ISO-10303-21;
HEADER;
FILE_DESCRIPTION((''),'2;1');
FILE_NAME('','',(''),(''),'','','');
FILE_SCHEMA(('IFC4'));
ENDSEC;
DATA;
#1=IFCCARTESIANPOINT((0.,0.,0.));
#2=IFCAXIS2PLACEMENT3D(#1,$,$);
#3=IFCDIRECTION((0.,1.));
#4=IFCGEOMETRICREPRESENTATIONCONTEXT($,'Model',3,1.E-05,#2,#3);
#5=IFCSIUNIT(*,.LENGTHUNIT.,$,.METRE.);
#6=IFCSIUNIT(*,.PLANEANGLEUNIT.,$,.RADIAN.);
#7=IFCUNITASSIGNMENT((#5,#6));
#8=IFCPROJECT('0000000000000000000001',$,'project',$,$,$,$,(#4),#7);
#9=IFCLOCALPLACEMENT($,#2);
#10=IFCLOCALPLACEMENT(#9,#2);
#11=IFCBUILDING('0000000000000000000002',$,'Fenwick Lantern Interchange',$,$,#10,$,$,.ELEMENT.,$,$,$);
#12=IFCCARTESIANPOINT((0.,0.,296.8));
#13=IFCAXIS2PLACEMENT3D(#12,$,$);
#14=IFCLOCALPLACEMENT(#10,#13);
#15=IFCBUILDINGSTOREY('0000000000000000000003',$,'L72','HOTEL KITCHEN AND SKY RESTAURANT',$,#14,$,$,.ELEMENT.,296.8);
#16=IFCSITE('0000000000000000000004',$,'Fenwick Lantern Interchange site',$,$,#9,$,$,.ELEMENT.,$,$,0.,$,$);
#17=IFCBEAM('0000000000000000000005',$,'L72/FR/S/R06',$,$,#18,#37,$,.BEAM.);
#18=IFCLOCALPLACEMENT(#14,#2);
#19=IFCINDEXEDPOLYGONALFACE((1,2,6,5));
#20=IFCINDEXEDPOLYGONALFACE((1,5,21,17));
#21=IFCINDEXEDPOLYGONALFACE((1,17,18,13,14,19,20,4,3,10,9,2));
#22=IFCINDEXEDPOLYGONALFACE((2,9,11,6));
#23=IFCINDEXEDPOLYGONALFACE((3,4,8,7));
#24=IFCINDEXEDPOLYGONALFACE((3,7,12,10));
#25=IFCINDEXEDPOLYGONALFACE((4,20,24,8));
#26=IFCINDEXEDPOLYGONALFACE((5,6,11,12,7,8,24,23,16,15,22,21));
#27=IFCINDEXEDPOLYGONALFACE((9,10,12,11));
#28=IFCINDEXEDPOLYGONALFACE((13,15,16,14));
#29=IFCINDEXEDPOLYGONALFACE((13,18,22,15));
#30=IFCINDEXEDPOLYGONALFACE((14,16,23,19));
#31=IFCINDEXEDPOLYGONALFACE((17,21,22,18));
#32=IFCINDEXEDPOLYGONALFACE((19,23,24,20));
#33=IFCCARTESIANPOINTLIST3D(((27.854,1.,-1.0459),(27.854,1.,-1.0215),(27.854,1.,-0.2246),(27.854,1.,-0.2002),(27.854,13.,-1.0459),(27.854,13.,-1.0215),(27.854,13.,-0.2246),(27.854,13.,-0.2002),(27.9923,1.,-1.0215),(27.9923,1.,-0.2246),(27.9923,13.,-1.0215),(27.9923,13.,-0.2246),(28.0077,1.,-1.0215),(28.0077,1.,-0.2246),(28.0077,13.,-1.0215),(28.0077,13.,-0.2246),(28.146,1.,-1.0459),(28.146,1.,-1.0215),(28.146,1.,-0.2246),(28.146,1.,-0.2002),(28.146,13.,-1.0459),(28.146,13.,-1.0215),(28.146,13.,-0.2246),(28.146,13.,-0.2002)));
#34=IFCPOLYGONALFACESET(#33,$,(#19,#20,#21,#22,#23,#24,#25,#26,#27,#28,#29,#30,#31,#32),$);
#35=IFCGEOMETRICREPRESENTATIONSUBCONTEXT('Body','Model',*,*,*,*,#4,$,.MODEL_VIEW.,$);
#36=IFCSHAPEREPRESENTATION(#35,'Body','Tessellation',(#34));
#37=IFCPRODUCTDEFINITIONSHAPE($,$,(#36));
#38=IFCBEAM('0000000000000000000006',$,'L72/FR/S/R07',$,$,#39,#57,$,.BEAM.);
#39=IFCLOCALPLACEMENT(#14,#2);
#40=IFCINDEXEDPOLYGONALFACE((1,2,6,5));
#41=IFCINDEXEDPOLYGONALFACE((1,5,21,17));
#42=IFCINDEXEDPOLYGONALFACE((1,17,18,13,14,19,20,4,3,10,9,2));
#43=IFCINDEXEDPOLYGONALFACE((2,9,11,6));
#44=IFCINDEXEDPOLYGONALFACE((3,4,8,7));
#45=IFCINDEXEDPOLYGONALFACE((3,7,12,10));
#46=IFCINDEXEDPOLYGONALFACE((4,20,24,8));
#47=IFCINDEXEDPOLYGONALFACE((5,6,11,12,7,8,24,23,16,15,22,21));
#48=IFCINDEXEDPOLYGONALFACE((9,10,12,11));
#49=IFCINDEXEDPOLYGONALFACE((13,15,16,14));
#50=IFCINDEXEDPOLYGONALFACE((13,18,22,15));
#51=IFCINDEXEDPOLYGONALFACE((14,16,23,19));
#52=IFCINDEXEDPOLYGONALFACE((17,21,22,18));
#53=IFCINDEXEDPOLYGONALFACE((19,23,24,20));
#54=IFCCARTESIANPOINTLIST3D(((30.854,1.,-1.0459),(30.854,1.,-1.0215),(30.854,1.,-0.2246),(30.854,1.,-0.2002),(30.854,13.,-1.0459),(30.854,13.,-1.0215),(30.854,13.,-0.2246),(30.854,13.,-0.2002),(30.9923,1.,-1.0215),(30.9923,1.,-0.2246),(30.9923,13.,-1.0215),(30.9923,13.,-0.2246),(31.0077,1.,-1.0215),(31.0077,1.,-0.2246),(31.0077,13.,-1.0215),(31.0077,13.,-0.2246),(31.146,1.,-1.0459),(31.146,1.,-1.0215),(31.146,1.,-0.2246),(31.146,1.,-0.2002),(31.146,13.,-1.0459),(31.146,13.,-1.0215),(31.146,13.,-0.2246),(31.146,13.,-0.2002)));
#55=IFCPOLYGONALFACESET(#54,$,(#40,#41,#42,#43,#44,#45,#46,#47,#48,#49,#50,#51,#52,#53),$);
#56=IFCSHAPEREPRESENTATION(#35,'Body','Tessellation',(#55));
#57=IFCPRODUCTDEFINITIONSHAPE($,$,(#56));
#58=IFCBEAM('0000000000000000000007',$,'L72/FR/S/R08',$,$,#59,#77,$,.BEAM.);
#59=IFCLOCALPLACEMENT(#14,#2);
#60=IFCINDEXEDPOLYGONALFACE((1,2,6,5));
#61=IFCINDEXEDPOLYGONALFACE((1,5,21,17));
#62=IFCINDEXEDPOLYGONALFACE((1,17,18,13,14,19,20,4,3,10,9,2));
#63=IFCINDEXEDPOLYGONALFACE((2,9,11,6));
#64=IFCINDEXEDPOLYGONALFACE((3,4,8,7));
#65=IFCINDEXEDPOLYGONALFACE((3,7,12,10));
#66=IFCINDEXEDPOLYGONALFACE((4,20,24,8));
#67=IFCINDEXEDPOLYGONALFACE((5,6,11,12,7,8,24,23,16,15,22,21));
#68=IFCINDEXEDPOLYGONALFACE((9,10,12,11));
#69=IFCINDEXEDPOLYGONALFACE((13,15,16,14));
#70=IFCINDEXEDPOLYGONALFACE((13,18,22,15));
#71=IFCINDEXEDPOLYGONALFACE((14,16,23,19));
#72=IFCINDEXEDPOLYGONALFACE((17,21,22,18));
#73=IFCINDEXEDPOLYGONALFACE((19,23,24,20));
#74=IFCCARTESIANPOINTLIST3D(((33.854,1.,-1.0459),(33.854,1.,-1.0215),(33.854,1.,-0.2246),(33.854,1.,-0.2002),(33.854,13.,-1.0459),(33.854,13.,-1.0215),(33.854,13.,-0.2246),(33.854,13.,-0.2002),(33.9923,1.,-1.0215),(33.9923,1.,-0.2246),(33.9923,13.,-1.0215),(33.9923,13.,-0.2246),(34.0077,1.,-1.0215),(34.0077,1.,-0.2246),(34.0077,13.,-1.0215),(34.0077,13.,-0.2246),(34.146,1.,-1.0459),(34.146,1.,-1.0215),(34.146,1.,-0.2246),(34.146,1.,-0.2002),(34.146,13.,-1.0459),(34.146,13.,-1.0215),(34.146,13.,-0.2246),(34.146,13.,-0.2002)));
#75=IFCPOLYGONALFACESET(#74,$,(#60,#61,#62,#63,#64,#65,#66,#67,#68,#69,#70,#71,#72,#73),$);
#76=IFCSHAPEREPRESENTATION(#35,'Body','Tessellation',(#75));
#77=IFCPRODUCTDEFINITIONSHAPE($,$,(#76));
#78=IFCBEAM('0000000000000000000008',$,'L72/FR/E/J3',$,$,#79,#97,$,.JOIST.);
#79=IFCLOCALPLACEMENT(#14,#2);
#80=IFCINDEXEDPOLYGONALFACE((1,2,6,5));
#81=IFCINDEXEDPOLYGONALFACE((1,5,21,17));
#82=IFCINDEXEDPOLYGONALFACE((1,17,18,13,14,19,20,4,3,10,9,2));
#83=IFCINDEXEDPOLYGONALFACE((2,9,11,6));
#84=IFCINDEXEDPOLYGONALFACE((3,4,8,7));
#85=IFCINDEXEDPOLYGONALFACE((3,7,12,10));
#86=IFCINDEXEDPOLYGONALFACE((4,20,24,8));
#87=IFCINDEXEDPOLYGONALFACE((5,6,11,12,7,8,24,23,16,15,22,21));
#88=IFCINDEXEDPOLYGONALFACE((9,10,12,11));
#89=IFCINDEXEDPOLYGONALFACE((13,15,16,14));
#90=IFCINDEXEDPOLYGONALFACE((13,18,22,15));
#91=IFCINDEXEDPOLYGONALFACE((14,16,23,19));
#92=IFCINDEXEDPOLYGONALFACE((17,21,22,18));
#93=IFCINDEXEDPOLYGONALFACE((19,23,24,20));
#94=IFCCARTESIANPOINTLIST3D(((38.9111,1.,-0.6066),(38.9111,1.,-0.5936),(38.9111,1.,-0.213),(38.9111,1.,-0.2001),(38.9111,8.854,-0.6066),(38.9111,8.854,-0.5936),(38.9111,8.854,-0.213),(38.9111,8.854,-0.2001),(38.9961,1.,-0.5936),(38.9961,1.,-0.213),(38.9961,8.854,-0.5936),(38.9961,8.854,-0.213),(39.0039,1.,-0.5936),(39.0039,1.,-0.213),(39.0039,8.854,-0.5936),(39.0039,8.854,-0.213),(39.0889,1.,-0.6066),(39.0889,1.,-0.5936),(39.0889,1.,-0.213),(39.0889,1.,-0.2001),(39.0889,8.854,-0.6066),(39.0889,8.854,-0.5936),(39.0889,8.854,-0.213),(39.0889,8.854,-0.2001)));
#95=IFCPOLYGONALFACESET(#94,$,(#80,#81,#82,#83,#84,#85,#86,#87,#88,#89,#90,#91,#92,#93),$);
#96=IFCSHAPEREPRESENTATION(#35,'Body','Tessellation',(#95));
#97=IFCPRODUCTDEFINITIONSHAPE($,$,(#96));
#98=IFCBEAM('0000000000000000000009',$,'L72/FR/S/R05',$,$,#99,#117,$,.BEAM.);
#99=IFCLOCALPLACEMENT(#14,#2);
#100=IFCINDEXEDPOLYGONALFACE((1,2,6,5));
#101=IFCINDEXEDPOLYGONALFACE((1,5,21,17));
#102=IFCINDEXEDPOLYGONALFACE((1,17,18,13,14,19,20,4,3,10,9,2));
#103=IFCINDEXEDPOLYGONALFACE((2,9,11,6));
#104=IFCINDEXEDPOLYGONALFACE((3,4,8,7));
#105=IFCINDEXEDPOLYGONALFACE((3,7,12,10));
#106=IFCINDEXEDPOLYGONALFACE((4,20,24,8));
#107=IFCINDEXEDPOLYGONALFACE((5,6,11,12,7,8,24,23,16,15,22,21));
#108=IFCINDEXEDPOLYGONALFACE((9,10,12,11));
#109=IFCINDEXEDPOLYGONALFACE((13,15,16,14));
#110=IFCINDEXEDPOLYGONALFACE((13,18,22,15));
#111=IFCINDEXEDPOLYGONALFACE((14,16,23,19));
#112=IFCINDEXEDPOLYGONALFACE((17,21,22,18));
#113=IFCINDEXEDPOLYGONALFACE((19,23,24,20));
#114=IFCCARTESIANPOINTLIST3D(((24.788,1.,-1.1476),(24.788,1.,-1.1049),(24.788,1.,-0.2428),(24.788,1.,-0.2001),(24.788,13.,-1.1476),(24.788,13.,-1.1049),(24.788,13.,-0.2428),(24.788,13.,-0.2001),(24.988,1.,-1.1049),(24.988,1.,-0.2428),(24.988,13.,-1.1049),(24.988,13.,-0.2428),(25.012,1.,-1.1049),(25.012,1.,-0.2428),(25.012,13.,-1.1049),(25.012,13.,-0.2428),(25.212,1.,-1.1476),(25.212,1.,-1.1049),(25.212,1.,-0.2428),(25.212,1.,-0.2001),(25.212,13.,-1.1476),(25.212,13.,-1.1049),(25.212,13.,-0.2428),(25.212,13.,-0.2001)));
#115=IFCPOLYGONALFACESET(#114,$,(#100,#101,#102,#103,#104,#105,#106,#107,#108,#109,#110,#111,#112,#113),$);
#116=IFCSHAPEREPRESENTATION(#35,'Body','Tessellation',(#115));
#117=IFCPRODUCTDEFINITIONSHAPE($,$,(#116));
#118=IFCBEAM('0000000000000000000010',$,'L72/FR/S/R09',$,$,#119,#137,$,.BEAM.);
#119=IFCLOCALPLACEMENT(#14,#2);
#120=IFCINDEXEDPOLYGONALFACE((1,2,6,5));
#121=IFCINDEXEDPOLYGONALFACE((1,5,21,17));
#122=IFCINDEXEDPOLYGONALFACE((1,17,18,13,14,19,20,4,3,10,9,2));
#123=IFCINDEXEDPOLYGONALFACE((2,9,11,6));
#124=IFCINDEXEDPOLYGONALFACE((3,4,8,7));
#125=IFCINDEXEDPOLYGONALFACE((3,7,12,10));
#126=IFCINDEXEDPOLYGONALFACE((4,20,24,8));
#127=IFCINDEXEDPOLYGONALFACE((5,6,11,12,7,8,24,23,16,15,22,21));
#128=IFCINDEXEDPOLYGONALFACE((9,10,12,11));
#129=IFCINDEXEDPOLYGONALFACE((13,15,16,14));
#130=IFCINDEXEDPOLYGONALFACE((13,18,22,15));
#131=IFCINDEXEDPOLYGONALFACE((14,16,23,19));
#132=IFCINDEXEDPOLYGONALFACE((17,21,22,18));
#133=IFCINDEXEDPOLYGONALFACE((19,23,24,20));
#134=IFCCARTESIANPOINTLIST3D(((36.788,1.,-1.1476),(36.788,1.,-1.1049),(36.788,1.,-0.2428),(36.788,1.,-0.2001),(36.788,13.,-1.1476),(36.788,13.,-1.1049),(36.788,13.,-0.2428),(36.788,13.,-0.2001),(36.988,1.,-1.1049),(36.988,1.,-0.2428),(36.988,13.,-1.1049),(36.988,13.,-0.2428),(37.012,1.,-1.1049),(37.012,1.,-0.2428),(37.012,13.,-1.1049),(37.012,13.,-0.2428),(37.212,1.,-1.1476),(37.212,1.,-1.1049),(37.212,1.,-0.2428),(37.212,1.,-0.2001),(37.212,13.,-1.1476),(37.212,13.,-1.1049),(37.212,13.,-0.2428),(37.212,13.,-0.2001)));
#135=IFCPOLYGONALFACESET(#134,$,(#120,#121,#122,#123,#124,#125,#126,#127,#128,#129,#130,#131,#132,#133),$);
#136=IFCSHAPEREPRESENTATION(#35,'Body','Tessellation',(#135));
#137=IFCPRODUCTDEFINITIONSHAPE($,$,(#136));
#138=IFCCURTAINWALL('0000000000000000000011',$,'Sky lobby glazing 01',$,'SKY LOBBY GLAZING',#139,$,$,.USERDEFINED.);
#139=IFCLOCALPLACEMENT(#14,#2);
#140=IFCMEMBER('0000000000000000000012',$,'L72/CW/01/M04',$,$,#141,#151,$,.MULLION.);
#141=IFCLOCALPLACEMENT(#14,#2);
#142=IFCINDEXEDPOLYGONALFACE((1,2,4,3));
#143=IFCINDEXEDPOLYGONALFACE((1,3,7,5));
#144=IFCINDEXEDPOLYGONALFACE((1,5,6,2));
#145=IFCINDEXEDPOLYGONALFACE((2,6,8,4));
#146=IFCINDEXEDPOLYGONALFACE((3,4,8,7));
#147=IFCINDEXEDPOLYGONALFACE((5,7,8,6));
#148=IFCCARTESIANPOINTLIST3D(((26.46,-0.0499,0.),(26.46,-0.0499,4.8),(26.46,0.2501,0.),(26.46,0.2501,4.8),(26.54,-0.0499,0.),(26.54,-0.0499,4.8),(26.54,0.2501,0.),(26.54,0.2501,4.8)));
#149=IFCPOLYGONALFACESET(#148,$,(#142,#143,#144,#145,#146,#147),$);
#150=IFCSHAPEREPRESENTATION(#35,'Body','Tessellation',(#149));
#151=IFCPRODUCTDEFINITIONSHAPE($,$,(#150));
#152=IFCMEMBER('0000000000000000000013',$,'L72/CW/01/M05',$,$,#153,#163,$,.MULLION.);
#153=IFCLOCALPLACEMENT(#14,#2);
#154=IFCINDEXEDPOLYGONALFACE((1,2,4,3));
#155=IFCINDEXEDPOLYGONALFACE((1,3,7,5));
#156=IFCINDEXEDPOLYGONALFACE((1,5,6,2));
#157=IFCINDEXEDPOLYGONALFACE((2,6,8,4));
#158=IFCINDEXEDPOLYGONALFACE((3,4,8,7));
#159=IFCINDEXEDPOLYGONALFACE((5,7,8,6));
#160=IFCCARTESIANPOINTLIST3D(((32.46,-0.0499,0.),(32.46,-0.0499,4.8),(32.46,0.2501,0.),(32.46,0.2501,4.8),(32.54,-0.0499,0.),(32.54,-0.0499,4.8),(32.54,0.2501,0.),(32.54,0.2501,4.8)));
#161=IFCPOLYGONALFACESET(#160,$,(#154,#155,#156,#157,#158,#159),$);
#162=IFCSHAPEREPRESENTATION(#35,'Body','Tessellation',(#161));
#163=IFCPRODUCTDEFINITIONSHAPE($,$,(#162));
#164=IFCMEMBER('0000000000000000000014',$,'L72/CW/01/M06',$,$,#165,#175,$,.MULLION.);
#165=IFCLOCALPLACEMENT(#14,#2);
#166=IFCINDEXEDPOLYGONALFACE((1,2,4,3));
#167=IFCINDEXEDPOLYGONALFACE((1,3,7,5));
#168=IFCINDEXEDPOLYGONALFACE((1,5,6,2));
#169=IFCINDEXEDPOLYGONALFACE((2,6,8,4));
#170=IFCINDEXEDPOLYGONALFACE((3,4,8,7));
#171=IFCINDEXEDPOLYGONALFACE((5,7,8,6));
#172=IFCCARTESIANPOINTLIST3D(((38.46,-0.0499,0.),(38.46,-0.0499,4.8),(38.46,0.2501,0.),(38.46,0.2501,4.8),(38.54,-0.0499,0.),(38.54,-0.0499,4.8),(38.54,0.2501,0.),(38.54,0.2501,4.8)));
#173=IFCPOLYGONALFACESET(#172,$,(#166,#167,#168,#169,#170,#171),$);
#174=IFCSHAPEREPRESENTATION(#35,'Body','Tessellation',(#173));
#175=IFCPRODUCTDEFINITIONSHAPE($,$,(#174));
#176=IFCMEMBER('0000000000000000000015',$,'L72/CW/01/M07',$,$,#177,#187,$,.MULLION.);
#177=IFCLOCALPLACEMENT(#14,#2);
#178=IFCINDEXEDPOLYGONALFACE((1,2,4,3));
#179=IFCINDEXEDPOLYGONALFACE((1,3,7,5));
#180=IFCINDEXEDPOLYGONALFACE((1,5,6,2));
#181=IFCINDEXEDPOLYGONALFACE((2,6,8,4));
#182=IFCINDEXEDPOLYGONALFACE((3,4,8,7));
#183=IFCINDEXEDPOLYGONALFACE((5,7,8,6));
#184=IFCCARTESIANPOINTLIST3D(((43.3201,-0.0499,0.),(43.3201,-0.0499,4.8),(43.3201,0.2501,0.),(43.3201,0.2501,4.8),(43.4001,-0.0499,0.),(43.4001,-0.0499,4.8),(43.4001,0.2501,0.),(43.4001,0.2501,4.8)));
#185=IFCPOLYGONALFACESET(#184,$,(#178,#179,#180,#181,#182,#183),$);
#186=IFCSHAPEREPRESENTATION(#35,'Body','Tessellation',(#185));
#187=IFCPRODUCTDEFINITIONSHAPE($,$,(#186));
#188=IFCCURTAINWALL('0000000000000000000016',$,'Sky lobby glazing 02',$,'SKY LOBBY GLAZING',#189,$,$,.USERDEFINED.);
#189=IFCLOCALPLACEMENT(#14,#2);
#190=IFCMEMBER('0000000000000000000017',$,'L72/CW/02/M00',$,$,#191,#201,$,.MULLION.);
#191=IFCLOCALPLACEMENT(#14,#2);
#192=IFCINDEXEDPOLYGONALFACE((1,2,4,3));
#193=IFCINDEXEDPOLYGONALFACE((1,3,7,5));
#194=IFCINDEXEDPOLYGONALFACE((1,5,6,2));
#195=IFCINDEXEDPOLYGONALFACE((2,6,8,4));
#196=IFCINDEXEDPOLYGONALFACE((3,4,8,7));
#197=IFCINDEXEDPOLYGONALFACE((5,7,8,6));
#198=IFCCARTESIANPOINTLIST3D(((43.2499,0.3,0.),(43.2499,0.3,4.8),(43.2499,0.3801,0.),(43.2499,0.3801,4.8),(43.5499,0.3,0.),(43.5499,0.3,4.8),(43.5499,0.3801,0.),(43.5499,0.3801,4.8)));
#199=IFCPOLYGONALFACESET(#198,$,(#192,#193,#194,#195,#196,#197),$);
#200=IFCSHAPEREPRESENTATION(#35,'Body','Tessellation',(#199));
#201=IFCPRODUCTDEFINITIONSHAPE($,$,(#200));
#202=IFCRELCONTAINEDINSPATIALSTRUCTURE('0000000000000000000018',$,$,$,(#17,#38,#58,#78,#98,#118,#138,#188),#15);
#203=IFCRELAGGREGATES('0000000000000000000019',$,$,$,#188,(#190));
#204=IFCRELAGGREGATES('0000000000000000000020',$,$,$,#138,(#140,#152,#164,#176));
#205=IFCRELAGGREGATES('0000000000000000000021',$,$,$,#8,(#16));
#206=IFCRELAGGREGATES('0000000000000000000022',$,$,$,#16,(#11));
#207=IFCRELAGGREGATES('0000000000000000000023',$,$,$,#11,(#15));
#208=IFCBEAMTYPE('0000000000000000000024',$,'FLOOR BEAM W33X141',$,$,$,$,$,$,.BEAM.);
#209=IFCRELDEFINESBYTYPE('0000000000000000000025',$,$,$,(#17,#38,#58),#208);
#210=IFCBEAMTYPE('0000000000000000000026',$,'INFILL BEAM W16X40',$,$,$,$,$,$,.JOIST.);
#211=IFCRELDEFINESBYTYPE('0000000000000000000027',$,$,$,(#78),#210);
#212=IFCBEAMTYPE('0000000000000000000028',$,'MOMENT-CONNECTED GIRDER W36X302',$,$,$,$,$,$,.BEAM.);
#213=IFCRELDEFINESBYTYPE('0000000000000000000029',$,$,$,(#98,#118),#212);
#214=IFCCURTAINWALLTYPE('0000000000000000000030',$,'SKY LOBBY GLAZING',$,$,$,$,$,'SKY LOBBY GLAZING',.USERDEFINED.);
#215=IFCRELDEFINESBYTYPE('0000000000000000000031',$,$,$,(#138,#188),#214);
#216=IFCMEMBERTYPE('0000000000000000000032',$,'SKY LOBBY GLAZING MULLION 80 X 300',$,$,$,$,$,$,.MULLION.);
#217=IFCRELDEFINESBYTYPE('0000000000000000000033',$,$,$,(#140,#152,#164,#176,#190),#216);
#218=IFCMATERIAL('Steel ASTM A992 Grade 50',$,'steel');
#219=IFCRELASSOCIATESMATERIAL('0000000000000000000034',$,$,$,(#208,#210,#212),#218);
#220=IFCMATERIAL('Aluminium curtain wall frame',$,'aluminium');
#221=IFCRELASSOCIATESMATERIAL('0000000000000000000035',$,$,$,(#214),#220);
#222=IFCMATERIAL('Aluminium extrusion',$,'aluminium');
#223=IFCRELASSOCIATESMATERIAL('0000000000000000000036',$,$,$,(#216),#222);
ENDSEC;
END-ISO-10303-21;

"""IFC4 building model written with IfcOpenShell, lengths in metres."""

from ifc_helpers import new_model, si_unit, direction, frame, origin, origin_2d, place, context, subcontext, project, spatial, rectangle, i_section, extrude, material, material_profile, profile_set, type_object, element, aggregate, save


model = new_model("IFC4")

# Units and contexts
model_context = context("Model", 3, precision=1e-05, world=origin(), true_north=direction((0.0, 1.0)))
body_context = subcontext(model_context, "Body", "Model", "MODEL_VIEW")
ifc_project = project(units=[si_unit("LENGTHUNIT", "METRE"), si_unit("PLANEANGLEUNIT", "RADIAN")], contexts=[model_context])

# Site, building, storey
site_placement = place(None, origin())
site = spatial("IfcSite", under=ifc_project, at=site_placement, Name="Fenwick Lantern Interchange site", CompositionType="ELEMENT", RefElevation=0.0)
building_placement = place(site_placement, origin())
building = spatial("IfcBuilding", under=site, at=building_placement, Name="Fenwick Lantern Interchange", CompositionType="ELEMENT")
storey_placement = place(building_placement, frame((0.0, 0.0, 296.8)))
storey = spatial("IfcBuildingStorey", under=building, at=storey_placement, Name="L72", Description="HOTEL KITCHEN AND SKY RESTAURANT", CompositionType="ELEMENT", Elevation=296.8)

# Shared definitions
ifc_material_1 = material(Name="Steel ASTM A992 Grade 50", Category="steel")

# Beams
ifc_material_profile_1 = material_profile(ifc_material_1, i_section(OverallWidth=0.292, OverallDepth=0.8457, WebThickness=0.0154, FlangeThickness=0.0244, at=origin_2d()), Name="W33X141")
ifc_profile_set_1 = profile_set([ifc_material_profile_1], Name="Steel ASTM A992 Grade 50")
beam_type_1 = type_object("IfcBeamType", Name="FLOOR BEAM W33X141", PredefinedType="BEAM", material=ifc_profile_set_1)
for number, where, z_axis, x_axis, name in (
    (1, (28.0, 1.0, -0.623), (0.0, 1.0, 0.0), (-1.0, 0.0, 0.0), "L72/FR/S/R06"),
    (2, (31.0, 1.0, -0.623), (0.0, 1.0, 0.0), (-1.0, 0.0, 0.0), "L72/FR/S/R07"),
    (3, (34.0, 1.0, -0.623), (0.0, 1.0, 0.0), (-1.0, 0.0, 0.0), "L72/FR/S/R08"),
):
    element("IfcBeam", number, at=place(storey_placement, frame(where, z_axis=z_axis, x_axis=x_axis)), inside=storey, type_object=beam_type_1, Name=name, PredefinedType="BEAM", context=body_context, shape_type="SweptSolid", body=[
        extrude(i_section(OverallWidth=0.292, OverallDepth=0.8457, WebThickness=0.0154, FlangeThickness=0.0244, at=origin_2d()), origin(), (0.0, 0.0, 1.0), 12.0),
    ])
ifc_material_profile_2 = material_profile(ifc_material_1, i_section(OverallWidth=0.1777, OverallDepth=0.4065, WebThickness=0.0078, FlangeThickness=0.0129, at=origin_2d()), Name="W16X40")
ifc_profile_set_2 = profile_set([ifc_material_profile_2], Name="Steel ASTM A992 Grade 50")
beam_type_2 = type_object("IfcBeamType", Name="INFILL BEAM W16X40", PredefinedType="JOIST", material=ifc_profile_set_2)
beam_1_placement = place(storey_placement, frame((39.0, 1.0, -0.4033), z_axis=(0.0, 1.0, 0.0), x_axis=(-1.0, 0.0, 0.0)))
element("IfcBeam", 4, at=beam_1_placement, inside=storey, type_object=beam_type_2, Name="L72/FR/E/J3", PredefinedType="JOIST", context=body_context, shape_type="SweptSolid", body=[
    extrude(i_section(OverallWidth=0.1777, OverallDepth=0.4065, WebThickness=0.0078, FlangeThickness=0.0129, at=origin_2d()), origin(), (0.0, 0.0, 1.0), 7.854),
])
ifc_material_profile_3 = material_profile(ifc_material_1, i_section(OverallWidth=0.4241, OverallDepth=0.9475, WebThickness=0.0239, FlangeThickness=0.0427, at=origin_2d()), Name="W36X302")
ifc_profile_set_3 = profile_set([ifc_material_profile_3], Name="Steel ASTM A992 Grade 50")
beam_type_3 = type_object("IfcBeamType", Name="MOMENT-CONNECTED GIRDER W36X302", PredefinedType="BEAM", material=ifc_profile_set_3)
for number, where, z_axis, x_axis, name in (
    (5, (25.0, 1.0, -0.6738), (0.0, 1.0, 0.0), (-1.0, 0.0, 0.0), "L72/FR/S/R05"),
    (6, (37.0, 1.0, -0.6738), (0.0, 1.0, 0.0), (-1.0, 0.0, 0.0), "L72/FR/S/R09"),
):
    element("IfcBeam", number, at=place(storey_placement, frame(where, z_axis=z_axis, x_axis=x_axis)), inside=storey, type_object=beam_type_3, Name=name, PredefinedType="BEAM", context=body_context, shape_type="SweptSolid", body=[
        extrude(i_section(OverallWidth=0.4241, OverallDepth=0.9475, WebThickness=0.0239, FlangeThickness=0.0427, at=origin_2d()), origin(), (0.0, 0.0, 1.0), 12.0),
    ])

# Curtain wall, members
ifc_material_2 = material(Name="Aluminium curtain wall frame", Category="aluminium")
curtain_wall_type = type_object("IfcCurtainWallType", Name="SKY LOBBY GLAZING", ElementType="SKY LOBBY GLAZING", PredefinedType="USERDEFINED", material=ifc_material_2)
curtain_wall_1_placement = place(storey_placement, origin())
curtain_wall_1 = element("IfcCurtainWall", 7, at=curtain_wall_1_placement, inside=storey, type_object=curtain_wall_type, Name="Sky lobby glazing 01", ObjectType="SKY LOBBY GLAZING", PredefinedType="USERDEFINED")
ifc_material_3 = material(Name="Aluminium extrusion", Category="aluminium")
ifc_material_profile_4 = material_profile(ifc_material_3, rectangle(XDim=0.3, YDim=0.0801, at=origin_2d()), Name="SKY LOBBY GLAZING MULLION 80 X 300")
ifc_profile_set_4 = profile_set([ifc_material_profile_4], Name="Aluminium extrusion")
member_type_1 = type_object("IfcMemberType", Name="SKY LOBBY GLAZING MULLION 80 X 300", PredefinedType="MULLION", material=ifc_profile_set_4)
member_1_placement = place(storey_placement, frame((26.5, 0.1001, 0.0), z_axis=(0.0, 0.0, 1.0), x_axis=(0.0, 1.0, 0.0)))
member_1 = element("IfcMember", 8, at=member_1_placement, type_object=member_type_1, Name="L72/CW/01/M04", PredefinedType="MULLION", context=body_context, shape_type="SweptSolid", body=[
    extrude(rectangle(XDim=0.3, YDim=0.0801, at=origin_2d()), origin(), (0.0, 0.0, 1.0), 4.8),
])
member_2_placement = place(storey_placement, frame((32.5, 0.1001, 0.0), z_axis=(0.0, 0.0, 1.0), x_axis=(0.0, 1.0, 0.0)))
member_2 = element("IfcMember", 9, at=member_2_placement, type_object=member_type_1, Name="L72/CW/01/M05", PredefinedType="MULLION", context=body_context, shape_type="SweptSolid", body=[
    extrude(rectangle(XDim=0.3, YDim=0.0801, at=origin_2d()), origin(), (0.0, 0.0, 1.0), 4.8),
])
member_3_placement = place(storey_placement, frame((38.5, 0.1001, 0.0), z_axis=(0.0, 0.0, 1.0), x_axis=(0.0, 1.0, 0.0)))
member_3 = element("IfcMember", 10, at=member_3_placement, type_object=member_type_1, Name="L72/CW/01/M06", PredefinedType="MULLION", context=body_context, shape_type="SweptSolid", body=[
    extrude(rectangle(XDim=0.3, YDim=0.0801, at=origin_2d()), origin(), (0.0, 0.0, 1.0), 4.8),
])
member_4_placement = place(storey_placement, frame((43.3601, 0.1001, 0.0), z_axis=(0.0, 0.0, 1.0), x_axis=(0.0, 1.0, 0.0)))
member_4 = element("IfcMember", 11, at=member_4_placement, type_object=member_type_1, Name="L72/CW/01/M07", PredefinedType="MULLION", context=body_context, shape_type="SweptSolid", body=[
    extrude(rectangle(XDim=0.3, YDim=0.0801, at=origin_2d()), origin(), (0.0, 0.0, 1.0), 4.8),
])

# Curtain wall, member
curtain_wall_2_placement = place(storey_placement, origin())
curtain_wall_2 = element("IfcCurtainWall", 12, at=curtain_wall_2_placement, inside=storey, type_object=curtain_wall_type, Name="Sky lobby glazing 02", ObjectType="SKY LOBBY GLAZING", PredefinedType="USERDEFINED")
member_5_placement = place(storey_placement, frame((43.3999, 0.3401, 0.0), z_axis=(0.0, 0.0, 1.0), x_axis=(-1.0, 0.0, 0.0)))
member_5 = element("IfcMember", 13, at=member_5_placement, type_object=member_type_1, Name="L72/CW/02/M00", PredefinedType="MULLION", context=body_context, shape_type="SweptSolid", body=[
    extrude(rectangle(XDim=0.3, YDim=0.0801, at=origin_2d()), origin(), (0.0, 0.0, 1.0), 4.8),
])
aggregate(curtain_wall_2, [member_5])

aggregate(curtain_wall_1, [member_1, member_2, member_3, member_4])

save(model, "model.ifc")
